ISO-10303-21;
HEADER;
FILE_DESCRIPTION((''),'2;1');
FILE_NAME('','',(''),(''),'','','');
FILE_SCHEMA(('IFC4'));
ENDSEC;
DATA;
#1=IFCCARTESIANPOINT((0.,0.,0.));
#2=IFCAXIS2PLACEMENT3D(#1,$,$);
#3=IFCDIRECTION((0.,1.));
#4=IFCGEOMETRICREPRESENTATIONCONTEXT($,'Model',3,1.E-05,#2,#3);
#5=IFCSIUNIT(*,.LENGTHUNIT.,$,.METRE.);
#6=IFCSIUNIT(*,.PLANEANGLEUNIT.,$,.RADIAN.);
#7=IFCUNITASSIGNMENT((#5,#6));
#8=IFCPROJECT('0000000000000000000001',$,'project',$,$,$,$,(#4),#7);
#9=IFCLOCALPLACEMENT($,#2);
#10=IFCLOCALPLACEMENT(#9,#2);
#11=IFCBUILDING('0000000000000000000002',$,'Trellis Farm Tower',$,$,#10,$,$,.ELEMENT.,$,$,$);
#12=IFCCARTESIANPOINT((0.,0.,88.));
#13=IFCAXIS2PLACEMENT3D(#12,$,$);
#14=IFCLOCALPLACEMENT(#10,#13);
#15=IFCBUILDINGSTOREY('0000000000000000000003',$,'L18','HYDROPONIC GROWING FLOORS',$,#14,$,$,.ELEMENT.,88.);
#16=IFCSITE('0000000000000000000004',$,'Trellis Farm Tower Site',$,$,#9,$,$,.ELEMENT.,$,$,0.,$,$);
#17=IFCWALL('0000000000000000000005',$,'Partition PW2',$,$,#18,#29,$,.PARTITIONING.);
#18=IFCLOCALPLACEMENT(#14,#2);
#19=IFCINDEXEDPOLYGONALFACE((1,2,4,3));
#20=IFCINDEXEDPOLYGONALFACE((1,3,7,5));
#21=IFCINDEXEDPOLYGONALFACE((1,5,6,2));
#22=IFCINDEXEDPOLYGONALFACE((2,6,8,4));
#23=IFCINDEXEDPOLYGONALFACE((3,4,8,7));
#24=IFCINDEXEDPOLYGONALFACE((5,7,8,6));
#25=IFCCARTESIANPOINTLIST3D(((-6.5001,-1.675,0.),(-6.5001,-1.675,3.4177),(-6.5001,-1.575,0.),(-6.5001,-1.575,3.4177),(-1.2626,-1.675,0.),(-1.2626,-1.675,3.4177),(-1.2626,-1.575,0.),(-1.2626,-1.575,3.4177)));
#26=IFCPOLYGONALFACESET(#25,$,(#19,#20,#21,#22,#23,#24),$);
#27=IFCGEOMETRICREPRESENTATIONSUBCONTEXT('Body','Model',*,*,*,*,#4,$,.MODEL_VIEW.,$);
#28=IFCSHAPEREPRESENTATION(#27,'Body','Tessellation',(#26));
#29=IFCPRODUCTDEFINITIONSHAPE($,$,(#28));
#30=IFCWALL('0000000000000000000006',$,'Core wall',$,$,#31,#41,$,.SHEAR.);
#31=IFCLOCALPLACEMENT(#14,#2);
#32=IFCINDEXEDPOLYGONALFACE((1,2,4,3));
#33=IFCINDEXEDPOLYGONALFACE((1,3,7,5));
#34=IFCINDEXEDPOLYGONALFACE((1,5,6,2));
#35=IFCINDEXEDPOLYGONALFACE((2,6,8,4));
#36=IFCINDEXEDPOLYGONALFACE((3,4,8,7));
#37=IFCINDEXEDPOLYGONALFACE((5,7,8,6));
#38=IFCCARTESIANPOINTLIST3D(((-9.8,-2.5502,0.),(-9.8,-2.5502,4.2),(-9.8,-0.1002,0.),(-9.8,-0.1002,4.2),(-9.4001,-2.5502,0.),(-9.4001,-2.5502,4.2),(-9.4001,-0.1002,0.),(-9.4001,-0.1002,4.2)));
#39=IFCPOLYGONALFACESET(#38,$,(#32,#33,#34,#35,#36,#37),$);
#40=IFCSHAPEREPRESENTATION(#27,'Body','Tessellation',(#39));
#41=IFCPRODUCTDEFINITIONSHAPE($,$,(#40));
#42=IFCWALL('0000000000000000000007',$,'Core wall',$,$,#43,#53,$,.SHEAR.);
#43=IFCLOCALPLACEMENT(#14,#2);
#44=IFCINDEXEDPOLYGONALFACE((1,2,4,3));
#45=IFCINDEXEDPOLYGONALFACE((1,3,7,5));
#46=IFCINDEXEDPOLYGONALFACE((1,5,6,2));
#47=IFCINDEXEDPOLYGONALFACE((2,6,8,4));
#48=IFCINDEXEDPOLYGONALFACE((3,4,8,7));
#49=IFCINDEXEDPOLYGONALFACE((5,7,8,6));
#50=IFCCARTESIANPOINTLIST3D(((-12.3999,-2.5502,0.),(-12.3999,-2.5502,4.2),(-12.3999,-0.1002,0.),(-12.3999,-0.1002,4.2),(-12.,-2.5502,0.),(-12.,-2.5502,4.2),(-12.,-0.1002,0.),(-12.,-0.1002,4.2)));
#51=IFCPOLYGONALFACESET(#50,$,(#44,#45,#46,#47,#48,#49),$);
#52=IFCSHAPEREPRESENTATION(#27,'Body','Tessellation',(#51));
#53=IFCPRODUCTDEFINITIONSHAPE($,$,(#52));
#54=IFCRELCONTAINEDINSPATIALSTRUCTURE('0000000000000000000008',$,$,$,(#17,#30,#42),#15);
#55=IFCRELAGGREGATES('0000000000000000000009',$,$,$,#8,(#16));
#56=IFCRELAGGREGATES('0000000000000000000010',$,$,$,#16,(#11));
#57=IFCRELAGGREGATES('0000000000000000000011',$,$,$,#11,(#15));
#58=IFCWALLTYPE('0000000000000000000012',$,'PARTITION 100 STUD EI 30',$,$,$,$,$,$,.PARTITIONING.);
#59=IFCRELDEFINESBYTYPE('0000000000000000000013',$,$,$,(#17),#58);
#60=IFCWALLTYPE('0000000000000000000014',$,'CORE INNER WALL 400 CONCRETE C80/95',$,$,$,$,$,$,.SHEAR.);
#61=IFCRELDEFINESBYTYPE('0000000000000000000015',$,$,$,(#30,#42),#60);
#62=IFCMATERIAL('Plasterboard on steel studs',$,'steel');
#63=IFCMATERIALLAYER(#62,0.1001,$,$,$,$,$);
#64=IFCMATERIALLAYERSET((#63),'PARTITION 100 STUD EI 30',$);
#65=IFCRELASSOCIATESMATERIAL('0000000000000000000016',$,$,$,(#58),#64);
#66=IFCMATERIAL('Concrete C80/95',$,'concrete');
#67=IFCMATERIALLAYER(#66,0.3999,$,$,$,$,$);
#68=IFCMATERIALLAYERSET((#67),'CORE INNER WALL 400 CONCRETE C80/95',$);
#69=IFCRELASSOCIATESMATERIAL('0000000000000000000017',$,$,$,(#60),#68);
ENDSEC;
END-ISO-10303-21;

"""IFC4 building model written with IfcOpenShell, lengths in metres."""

from ifc_helpers import new_model, si_unit, direction, frame, frame_2d, origin, place, context, subcontext, project, spatial, rectangle, extrude, source, transform, mapped, material, layer, layer_set, type_object, element, save


model = new_model("IFC4")

# Units and contexts
model_context = context("Model", 3, precision=1e-05, world=origin(), true_north=direction((0.0, 1.0)))
body_context = subcontext(model_context, "Body", "Model", "MODEL_VIEW")
ifc_project = project(units=[si_unit("LENGTHUNIT", "METRE"), si_unit("PLANEANGLEUNIT", "RADIAN")], contexts=[model_context])

# Site, building, storey
site_placement = place(None, origin())
site = spatial("IfcSite", under=ifc_project, at=site_placement, Name="Trellis Farm Tower Site", CompositionType="ELEMENT", RefElevation=0.0)
building_placement = place(site_placement, origin())
building = spatial("IfcBuilding", under=site, at=building_placement, Name="Trellis Farm Tower", CompositionType="ELEMENT")
storey_placement = place(building_placement, frame((0.0, 0.0, 88.0)))
storey = spatial("IfcBuildingStorey", under=building, at=storey_placement, Name="L18", Description="HYDROPONIC GROWING FLOORS", CompositionType="ELEMENT", Elevation=88.0)

# Shared definitions
ifc_material_1 = material(Name="Concrete C80/95", Category="concrete")

# Walls
ifc_material_2 = material(Name="Plasterboard on steel studs", Category="steel")
ifc_layer_1 = layer(ifc_material_2, 0.1001)
ifc_layer_set_1 = layer_set([ifc_layer_1], Name="PARTITION 100 STUD EI 30")
wall_type_1 = type_object("IfcWallType", Name="PARTITION 100 STUD EI 30", PredefinedType="PARTITIONING", material=ifc_layer_set_1)
wall_1_placement = place(storey_placement, frame((-6.5, -1.625, 0.0), z_axis=(0.0, 0.0, 1.0), x_axis=(1.0, 0.0, 0.0)))
element("IfcWall", 1, at=wall_1_placement, inside=storey, type_object=wall_type_1, Name="Partition PW2", PredefinedType="PARTITIONING", context=body_context, shape_type="SweptSolid", body=[
    extrude(rectangle(XDim=5.2375, YDim=0.1001, at=frame_2d((2.6187, 0.0))), origin(), (0.0, 0.0, 1.0), 3.4177),
])
ifc_layer_2 = layer(ifc_material_1, 0.3999)
ifc_layer_set_2 = layer_set([ifc_layer_2], Name="CORE INNER WALL 400 CONCRETE C80/95")
wall_type_2 = type_object("IfcWallType", Name="CORE INNER WALL 400 CONCRETE C80/95", PredefinedType="SHEAR", material=ifc_layer_set_2)
shared_shape_1 = source(origin(), body_context, "Body", "SweptSolid", [
    extrude(rectangle(XDim=2.45, YDim=0.3999, at=frame_2d((1.2251, 0.0))), origin(), (0.0, 0.0, 1.0), 4.2),
])
for number, where, z_axis, x_axis, name in (
    (2, (-9.6001, -0.1001, 0.0), (0.0, 0.0, 1.0), (0.0, -1.0, 0.0), "Core wall"),
    (3, (-12.2, -0.1001, 0.0), (0.0, 0.0, 1.0), (0.0, -1.0, 0.0), "Core wall"),
):
    element("IfcWall", number, at=place(storey_placement, frame(where, z_axis=z_axis, x_axis=x_axis)), inside=storey, type_object=wall_type_2, Name=name, PredefinedType="SHEAR", context=body_context, shape_type="MappedRepresentation", body=[
        mapped(shared_shape_1, transform((0.0, 0.0, 0.0))),
    ])

save(model, "model.ifc")
